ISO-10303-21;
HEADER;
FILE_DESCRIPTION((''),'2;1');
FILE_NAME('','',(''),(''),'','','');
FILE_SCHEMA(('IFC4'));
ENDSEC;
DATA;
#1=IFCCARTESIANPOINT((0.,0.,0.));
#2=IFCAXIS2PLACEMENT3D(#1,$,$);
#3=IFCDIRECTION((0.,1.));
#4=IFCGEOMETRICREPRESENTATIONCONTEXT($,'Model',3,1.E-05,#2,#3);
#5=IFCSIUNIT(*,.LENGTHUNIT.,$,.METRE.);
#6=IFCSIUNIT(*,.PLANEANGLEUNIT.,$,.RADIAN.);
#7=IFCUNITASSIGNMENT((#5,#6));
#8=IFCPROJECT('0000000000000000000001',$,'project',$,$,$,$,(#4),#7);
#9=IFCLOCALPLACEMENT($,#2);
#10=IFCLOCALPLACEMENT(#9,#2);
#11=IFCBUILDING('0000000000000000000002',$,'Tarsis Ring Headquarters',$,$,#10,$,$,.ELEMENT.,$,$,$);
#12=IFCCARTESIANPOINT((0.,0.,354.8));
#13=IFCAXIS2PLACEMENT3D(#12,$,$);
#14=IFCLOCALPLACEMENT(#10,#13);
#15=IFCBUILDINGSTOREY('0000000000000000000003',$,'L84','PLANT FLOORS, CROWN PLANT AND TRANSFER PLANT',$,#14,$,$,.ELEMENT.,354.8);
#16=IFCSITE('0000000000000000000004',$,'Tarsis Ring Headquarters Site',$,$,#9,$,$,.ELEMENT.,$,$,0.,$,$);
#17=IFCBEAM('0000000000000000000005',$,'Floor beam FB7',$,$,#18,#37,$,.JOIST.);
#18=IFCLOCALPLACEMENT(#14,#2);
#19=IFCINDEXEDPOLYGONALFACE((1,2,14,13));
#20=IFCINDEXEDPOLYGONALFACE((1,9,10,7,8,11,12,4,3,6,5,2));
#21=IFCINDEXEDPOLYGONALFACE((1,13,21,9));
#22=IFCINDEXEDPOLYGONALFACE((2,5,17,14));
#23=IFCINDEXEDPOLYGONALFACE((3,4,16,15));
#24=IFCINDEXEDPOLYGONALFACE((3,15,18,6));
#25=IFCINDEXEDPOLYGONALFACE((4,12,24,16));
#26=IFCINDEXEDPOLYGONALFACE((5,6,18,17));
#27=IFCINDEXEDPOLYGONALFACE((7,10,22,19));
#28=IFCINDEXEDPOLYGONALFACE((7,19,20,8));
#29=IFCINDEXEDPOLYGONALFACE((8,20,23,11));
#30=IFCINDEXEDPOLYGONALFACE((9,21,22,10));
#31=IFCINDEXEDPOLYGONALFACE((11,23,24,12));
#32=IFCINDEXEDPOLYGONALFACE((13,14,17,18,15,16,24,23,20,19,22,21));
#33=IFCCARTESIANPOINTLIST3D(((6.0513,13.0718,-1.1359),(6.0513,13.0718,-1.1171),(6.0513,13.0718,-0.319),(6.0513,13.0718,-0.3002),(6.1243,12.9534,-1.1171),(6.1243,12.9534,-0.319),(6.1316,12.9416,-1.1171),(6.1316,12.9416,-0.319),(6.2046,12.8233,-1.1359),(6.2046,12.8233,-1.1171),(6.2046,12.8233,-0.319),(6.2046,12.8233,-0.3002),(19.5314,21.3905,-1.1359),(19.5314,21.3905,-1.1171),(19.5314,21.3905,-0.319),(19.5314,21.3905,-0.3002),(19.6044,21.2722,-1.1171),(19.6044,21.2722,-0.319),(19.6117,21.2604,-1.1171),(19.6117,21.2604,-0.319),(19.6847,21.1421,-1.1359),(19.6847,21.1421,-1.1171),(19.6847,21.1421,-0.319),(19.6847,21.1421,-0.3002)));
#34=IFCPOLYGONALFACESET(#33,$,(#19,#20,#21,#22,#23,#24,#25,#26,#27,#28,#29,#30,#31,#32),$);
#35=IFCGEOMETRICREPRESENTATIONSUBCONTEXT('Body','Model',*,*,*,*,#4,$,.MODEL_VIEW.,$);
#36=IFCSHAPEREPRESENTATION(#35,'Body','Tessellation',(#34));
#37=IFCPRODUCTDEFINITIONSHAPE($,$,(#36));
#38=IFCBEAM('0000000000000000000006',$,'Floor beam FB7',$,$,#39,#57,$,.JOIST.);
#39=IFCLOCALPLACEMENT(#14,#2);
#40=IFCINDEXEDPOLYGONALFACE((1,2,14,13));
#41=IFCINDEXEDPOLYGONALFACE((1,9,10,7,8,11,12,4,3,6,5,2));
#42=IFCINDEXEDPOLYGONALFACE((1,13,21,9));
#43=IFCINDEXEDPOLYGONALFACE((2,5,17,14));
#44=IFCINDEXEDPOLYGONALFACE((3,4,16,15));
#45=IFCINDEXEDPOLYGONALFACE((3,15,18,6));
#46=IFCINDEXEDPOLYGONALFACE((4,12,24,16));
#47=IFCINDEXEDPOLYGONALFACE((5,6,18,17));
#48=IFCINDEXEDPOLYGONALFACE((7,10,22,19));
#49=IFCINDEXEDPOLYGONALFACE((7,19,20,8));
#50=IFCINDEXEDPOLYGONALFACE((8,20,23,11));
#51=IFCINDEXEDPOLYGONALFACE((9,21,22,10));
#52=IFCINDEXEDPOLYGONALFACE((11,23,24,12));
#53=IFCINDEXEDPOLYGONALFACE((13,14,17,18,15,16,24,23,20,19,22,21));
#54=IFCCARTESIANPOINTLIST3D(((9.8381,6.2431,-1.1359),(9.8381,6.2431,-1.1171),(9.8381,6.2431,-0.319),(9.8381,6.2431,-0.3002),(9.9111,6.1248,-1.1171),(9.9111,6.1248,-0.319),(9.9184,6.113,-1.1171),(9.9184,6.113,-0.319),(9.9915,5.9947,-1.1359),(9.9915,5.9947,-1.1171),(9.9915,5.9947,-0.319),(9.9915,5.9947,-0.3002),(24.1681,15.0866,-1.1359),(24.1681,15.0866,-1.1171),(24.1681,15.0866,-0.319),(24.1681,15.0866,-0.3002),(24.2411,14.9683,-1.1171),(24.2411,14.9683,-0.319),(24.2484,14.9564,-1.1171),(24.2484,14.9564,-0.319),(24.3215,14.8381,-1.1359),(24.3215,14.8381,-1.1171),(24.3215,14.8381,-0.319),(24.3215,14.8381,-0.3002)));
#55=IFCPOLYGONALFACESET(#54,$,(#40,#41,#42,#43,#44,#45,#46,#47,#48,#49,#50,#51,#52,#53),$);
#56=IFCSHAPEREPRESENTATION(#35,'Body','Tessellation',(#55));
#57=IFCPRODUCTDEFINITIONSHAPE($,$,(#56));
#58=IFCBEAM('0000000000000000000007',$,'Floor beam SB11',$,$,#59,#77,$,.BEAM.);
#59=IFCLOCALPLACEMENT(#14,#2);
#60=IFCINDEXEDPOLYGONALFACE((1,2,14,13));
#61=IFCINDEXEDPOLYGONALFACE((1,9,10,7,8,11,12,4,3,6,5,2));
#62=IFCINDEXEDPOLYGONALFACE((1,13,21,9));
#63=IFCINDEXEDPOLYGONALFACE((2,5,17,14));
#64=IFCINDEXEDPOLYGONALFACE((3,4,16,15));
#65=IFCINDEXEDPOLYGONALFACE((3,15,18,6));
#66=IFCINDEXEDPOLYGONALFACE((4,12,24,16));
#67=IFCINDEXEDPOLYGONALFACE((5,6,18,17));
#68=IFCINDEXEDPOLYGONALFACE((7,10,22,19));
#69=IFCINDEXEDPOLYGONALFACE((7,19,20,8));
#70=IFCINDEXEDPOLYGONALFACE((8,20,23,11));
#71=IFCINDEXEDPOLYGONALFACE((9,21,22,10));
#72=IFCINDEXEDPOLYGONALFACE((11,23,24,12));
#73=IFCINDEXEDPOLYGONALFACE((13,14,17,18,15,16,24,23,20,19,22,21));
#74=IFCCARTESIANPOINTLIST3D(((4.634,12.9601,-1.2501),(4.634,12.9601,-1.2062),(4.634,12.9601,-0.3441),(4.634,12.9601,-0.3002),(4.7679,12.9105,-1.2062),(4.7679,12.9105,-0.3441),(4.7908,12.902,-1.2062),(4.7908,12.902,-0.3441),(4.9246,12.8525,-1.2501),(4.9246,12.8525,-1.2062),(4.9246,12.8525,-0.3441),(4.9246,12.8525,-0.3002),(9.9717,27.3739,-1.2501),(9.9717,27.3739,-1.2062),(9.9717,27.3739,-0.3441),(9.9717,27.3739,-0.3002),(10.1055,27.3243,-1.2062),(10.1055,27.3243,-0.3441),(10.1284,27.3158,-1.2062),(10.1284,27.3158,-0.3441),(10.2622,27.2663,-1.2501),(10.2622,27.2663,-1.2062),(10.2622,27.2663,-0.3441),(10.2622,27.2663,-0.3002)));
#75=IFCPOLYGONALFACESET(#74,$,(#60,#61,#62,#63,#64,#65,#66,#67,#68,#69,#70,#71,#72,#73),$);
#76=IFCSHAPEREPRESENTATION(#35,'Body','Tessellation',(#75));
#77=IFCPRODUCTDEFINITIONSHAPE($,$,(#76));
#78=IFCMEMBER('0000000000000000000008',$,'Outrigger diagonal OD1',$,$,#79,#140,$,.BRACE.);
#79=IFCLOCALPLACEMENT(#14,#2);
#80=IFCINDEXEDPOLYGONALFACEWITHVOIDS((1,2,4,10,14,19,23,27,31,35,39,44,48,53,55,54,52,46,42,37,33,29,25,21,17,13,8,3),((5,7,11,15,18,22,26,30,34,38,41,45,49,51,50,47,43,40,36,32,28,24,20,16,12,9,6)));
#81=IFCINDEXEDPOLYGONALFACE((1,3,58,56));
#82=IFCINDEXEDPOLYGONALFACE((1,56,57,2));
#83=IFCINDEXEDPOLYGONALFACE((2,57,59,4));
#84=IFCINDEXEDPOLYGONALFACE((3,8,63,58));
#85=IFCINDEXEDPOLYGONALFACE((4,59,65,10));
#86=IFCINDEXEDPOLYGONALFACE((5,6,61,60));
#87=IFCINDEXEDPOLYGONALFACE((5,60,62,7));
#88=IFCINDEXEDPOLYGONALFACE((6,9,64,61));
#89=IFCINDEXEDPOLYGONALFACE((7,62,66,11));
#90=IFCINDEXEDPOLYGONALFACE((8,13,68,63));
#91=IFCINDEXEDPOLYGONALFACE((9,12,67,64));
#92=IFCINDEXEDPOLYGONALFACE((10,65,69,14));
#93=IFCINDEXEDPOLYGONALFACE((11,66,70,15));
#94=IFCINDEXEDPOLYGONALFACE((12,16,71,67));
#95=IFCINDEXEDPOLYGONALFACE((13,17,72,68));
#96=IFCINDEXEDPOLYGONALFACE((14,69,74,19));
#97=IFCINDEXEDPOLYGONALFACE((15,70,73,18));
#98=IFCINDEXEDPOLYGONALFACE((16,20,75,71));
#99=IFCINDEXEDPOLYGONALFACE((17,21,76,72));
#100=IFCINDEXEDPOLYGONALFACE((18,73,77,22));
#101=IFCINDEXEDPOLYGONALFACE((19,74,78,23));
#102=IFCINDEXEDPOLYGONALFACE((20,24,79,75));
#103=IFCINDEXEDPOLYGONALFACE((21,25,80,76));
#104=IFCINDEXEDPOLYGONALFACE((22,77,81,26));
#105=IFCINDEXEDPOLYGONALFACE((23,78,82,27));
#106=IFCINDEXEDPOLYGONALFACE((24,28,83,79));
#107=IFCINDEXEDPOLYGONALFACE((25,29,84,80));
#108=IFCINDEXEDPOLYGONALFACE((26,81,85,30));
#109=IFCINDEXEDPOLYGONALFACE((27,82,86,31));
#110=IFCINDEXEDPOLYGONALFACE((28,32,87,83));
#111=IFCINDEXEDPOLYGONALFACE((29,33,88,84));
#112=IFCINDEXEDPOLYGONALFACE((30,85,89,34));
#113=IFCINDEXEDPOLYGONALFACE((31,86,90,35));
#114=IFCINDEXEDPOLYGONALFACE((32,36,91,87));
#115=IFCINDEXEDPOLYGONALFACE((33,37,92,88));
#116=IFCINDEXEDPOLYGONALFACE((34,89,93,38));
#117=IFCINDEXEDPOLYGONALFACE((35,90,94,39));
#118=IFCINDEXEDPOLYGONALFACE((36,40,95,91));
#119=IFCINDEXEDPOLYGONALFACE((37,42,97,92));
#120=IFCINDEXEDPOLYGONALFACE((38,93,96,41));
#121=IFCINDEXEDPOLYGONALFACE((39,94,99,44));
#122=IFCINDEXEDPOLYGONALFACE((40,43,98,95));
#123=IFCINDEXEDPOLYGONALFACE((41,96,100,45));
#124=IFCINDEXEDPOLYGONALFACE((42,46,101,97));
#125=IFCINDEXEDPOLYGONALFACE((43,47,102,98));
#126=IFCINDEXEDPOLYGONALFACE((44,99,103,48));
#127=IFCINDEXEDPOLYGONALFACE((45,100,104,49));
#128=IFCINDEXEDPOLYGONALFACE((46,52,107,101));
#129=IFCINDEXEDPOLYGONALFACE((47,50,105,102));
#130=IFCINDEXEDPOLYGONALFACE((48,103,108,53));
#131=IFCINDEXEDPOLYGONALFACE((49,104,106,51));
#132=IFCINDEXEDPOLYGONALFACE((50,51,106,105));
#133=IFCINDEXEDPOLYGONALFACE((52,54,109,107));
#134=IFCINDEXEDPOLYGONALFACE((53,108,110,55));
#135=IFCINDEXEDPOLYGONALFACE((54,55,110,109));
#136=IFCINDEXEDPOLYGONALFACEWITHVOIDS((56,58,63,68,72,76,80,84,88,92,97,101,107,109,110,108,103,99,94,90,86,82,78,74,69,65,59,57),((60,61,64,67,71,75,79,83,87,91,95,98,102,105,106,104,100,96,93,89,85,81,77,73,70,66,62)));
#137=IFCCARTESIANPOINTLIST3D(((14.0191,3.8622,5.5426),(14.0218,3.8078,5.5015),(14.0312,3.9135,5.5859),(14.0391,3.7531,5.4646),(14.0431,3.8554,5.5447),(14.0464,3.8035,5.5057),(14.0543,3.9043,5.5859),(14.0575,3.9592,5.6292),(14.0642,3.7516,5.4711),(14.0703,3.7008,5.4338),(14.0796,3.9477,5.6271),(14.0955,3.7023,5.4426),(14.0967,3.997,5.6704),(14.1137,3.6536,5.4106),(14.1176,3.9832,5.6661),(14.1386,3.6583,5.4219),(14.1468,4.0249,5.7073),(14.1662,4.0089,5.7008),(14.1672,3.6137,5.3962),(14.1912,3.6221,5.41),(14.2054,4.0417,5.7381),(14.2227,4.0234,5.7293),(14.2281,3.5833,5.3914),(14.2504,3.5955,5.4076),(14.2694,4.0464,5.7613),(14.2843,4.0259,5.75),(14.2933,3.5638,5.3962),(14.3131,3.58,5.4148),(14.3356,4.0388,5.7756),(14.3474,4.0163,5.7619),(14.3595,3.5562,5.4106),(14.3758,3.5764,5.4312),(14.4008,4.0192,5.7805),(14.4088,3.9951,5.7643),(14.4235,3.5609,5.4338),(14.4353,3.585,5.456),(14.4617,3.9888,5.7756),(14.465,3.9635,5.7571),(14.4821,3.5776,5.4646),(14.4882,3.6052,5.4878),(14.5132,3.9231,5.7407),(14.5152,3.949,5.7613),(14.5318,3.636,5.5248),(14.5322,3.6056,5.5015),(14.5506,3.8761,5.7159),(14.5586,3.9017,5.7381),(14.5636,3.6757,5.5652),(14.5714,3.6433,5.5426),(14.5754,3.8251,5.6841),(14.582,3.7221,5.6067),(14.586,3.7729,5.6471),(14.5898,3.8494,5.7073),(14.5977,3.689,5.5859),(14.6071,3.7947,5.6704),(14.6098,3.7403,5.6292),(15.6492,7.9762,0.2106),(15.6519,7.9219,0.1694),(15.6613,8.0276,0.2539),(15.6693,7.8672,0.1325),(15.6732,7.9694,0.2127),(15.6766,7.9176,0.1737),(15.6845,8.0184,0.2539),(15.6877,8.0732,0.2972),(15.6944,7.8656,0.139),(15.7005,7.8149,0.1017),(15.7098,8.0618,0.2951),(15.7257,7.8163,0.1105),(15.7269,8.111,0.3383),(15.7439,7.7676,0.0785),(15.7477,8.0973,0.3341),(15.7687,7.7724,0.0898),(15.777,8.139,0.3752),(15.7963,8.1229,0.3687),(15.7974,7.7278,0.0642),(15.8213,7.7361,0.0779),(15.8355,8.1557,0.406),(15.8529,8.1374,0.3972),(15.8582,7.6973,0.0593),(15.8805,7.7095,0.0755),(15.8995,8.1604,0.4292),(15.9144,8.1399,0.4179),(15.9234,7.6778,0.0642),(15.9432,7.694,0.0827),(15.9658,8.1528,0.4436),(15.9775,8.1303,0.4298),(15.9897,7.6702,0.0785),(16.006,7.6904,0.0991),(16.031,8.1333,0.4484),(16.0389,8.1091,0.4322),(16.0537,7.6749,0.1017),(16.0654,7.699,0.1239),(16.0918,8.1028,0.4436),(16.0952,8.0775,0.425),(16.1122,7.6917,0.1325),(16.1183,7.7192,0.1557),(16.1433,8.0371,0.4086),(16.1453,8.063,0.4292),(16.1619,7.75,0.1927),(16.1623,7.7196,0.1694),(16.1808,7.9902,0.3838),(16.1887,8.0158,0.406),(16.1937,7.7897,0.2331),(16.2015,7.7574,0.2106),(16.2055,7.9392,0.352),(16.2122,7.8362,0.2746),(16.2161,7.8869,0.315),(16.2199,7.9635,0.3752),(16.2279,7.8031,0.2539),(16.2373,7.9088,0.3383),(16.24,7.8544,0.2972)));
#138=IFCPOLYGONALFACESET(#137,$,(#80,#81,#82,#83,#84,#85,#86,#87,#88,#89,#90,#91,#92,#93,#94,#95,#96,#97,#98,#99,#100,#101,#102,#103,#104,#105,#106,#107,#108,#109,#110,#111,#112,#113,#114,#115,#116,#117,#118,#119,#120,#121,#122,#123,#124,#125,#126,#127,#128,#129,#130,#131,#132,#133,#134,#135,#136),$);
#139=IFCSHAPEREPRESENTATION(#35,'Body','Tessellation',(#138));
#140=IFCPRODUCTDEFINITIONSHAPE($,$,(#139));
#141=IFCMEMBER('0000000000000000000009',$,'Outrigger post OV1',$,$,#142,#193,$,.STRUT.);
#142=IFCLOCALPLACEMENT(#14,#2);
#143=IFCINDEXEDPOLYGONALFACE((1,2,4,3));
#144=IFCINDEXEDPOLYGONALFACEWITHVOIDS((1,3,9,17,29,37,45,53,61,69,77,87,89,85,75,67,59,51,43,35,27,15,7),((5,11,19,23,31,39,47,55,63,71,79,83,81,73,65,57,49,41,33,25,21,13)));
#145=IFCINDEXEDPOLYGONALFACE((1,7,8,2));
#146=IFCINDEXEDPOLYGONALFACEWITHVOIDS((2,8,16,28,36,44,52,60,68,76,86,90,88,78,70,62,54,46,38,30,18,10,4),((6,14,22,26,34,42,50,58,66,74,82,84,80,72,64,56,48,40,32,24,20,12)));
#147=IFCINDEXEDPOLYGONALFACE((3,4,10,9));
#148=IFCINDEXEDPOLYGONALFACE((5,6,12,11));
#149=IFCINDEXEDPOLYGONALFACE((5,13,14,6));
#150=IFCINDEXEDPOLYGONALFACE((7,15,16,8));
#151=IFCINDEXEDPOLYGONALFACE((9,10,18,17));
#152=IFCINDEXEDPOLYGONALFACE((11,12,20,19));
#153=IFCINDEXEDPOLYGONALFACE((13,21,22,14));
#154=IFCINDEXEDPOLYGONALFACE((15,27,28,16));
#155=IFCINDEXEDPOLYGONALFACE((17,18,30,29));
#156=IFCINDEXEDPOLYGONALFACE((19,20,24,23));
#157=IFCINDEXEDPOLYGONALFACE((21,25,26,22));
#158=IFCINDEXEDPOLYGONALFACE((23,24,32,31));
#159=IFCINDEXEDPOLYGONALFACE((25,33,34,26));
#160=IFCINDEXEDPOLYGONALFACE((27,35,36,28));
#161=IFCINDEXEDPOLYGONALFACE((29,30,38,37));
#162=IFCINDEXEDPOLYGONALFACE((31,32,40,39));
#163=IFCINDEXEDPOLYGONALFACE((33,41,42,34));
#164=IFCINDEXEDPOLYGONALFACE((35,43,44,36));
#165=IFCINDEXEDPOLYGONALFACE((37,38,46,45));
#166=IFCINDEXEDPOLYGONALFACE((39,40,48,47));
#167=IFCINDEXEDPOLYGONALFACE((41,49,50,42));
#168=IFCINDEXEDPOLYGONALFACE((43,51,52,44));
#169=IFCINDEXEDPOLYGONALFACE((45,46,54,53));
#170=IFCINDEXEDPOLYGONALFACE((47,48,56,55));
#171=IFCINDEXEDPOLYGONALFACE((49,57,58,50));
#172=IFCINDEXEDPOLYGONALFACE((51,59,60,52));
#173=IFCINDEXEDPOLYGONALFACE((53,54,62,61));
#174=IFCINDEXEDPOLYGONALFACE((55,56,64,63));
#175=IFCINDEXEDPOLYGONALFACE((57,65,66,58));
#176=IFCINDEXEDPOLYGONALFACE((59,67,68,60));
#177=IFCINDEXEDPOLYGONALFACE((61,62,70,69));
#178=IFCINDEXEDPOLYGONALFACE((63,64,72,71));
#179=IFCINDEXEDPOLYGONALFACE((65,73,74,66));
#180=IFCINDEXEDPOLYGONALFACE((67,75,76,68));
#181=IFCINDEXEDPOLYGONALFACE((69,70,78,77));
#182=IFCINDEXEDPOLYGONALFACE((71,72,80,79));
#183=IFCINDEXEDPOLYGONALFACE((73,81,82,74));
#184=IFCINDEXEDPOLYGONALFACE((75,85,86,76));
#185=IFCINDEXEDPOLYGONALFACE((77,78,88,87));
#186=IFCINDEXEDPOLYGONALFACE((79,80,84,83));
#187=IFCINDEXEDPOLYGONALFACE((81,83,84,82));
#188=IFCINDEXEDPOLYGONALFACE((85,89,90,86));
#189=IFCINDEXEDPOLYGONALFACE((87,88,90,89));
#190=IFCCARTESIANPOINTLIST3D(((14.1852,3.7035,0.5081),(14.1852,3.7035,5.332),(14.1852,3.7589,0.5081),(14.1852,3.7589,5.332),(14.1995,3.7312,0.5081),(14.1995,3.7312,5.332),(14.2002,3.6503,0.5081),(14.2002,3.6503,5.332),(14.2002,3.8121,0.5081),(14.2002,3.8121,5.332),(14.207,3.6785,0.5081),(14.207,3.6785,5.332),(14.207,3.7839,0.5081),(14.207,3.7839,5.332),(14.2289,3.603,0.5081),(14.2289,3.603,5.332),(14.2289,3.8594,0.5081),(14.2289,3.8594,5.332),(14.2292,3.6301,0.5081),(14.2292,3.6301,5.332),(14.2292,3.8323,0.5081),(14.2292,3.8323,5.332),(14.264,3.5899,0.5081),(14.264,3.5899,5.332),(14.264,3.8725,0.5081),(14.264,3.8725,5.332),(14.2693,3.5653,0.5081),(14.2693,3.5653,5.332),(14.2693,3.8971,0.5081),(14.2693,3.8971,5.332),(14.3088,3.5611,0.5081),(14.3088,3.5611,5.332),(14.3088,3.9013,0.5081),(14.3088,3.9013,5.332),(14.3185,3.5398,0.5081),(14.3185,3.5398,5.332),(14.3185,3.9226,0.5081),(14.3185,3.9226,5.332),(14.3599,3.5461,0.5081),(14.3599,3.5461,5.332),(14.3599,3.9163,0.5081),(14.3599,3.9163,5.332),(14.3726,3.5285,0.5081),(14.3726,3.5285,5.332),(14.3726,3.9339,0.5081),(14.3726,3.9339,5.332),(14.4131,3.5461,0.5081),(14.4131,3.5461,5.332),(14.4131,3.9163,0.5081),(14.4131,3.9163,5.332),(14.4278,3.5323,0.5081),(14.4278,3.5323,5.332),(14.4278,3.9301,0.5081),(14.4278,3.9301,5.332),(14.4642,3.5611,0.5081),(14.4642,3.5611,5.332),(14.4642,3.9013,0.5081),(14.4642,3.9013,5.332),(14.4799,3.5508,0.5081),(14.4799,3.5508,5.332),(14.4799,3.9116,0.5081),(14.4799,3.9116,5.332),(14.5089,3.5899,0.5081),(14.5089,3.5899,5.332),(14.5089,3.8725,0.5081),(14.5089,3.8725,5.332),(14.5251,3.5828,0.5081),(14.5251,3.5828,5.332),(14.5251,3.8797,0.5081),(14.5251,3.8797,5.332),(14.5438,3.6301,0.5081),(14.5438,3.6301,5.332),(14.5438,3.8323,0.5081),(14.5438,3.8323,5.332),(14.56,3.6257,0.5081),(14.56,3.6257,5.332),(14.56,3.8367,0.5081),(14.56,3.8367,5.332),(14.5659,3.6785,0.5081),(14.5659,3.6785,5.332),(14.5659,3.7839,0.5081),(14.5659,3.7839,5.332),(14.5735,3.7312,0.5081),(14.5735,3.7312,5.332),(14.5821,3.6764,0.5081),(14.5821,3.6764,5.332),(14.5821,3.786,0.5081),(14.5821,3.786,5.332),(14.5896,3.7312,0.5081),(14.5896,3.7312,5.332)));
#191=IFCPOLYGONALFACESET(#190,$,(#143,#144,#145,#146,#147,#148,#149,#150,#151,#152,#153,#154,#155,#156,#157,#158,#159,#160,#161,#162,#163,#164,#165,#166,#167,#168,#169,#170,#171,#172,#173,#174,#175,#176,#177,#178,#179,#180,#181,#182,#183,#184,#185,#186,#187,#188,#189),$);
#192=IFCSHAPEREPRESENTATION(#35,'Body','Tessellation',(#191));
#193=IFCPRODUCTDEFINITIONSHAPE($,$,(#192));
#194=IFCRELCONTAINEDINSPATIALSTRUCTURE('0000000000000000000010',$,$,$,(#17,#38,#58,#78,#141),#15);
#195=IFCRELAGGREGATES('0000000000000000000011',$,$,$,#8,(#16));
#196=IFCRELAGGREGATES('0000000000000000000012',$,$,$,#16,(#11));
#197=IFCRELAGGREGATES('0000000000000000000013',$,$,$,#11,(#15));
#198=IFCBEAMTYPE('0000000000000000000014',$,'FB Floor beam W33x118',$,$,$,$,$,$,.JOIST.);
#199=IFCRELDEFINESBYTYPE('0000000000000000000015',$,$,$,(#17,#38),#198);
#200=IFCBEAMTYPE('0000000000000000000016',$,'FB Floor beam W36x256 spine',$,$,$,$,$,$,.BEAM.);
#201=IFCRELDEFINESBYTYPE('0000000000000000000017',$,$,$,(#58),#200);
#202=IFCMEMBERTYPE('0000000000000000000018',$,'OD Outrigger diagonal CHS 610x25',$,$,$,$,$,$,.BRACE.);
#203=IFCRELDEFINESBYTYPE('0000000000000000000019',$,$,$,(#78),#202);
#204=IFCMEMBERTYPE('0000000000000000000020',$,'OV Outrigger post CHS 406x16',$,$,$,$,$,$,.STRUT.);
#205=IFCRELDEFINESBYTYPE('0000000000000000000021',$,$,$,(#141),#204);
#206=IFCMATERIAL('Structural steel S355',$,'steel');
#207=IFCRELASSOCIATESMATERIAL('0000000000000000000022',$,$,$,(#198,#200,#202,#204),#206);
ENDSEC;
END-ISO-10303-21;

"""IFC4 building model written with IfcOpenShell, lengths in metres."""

from ifc_helpers import new_model, si_unit, direction, frame, origin, origin_2d, place, context, subcontext, project, spatial, hollow_circle, i_section, extrude, material, material_profile, profile_set, type_object, element, save


model = new_model("IFC4")

# Units and contexts
model_context = context("Model", 3, precision=1e-05, world=origin(), true_north=direction((0.0, 1.0)))
body_context = subcontext(model_context, "Body", "Model", "MODEL_VIEW")
ifc_project = project(units=[si_unit("LENGTHUNIT", "METRE"), si_unit("PLANEANGLEUNIT", "RADIAN")], contexts=[model_context])

# Site, building, storey
site_placement = place(None, origin())
site = spatial("IfcSite", under=ifc_project, at=site_placement, Name="Tarsis Ring Headquarters Site", CompositionType="ELEMENT", RefElevation=0.0)
building_placement = place(site_placement, origin())
building = spatial("IfcBuilding", under=site, at=building_placement, Name="Tarsis Ring Headquarters", CompositionType="ELEMENT")
storey_placement = place(building_placement, frame((0.0, 0.0, 354.8)))
storey = spatial("IfcBuildingStorey", under=building, at=storey_placement, Name="L84", Description="PLANT FLOORS, CROWN PLANT AND TRANSFER PLANT", CompositionType="ELEMENT", Elevation=354.8)

# Shared definitions
ifc_material_1 = material(Name="Structural steel S355", Category="steel")

# Beams
ifc_material_profile_1 = material_profile(ifc_material_1, i_section(OverallWidth=0.292, OverallDepth=0.8357, WebThickness=0.0139, FlangeThickness=0.0188, at=origin_2d()), Name="W33x118")
ifc_profile_set_1 = profile_set([ifc_material_profile_1], Name="Structural steel S355")
beam_type_1 = type_object("IfcBeamType", Name="FB Floor beam W33x118", PredefinedType="JOIST", material=ifc_profile_set_1)
beam_1_placement = place(storey_placement, frame((6.1279, 12.9475, -0.718), z_axis=(0.851, 0.525165, 0.0), x_axis=(-0.525165, 0.851, 0.0)))
element("IfcBeam", 1, at=beam_1_placement, inside=storey, type_object=beam_type_1, Name="Floor beam FB7", PredefinedType="JOIST", context=body_context, shape_type="SweptSolid", body=[
    extrude(i_section(OverallWidth=0.292, OverallDepth=0.8357, WebThickness=0.0139, FlangeThickness=0.0188, at=origin_2d()), origin(), (0.0, 0.0, 1.0), 15.8403),
])
beam_2_placement = place(storey_placement, frame((9.9148, 6.1189, -0.718), z_axis=(0.850995, 0.525174, 0.0), x_axis=(-0.525174, 0.850995, 0.0)))
element("IfcBeam", 2, at=beam_2_placement, inside=storey, type_object=beam_type_1, Name="Floor beam FB7", PredefinedType="JOIST", context=body_context, shape_type="SweptSolid", body=[
    extrude(i_section(OverallWidth=0.292, OverallDepth=0.8357, WebThickness=0.0139, FlangeThickness=0.0188, at=origin_2d()), origin(), (0.0, 0.0, 1.0), 16.8391),
])
ifc_material_profile_2 = material_profile(ifc_material_1, i_section(OverallWidth=0.3098, OverallDepth=0.95, WebThickness=0.0244, FlangeThickness=0.0439, at=origin_2d()), Name="W36x256")
ifc_profile_set_2 = profile_set([ifc_material_profile_2], Name="Structural steel S355")
beam_type_2 = type_object("IfcBeamType", Name="FB Floor beam W36x256 spine", PredefinedType="BEAM", material=ifc_profile_set_2)
beam_3_placement = place(storey_placement, frame((10.1169, 27.3201, -0.7751), z_axis=(-0.347268, -0.937766, 0.0), x_axis=(0.937766, -0.347268, 0.0)))
element("IfcBeam", 3, at=beam_3_placement, inside=storey, type_object=beam_type_2, Name="Floor beam SB11", PredefinedType="BEAM", context=body_context, shape_type="SweptSolid", body=[
    extrude(i_section(OverallWidth=0.3098, OverallDepth=0.95, WebThickness=0.0244, FlangeThickness=0.0439, at=origin_2d()), origin(), (0.0, 0.0, 1.0), 15.3704),
])

# Members
ifc_material_profile_3 = material_profile(ifc_material_1, hollow_circle(Radius=0.3047, WallThickness=0.0249, at=origin_2d()), Name="CHS 610x25")
ifc_profile_set_3 = profile_set([ifc_material_profile_3], Name="Structural steel S355")
member_type_1 = type_object("IfcMemberType", Name="OD Outrigger diagonal CHS 610x25", PredefinedType="BRACE", material=ifc_profile_set_3)
member_1_placement = place(storey_placement, frame((14.3145, 3.8013, 5.5859), z_axis=(0.235257, 0.593726, -0.769508), x_axis=(-0.929678, 0.368373, 0.0)))
element("IfcMember", 4, at=member_1_placement, inside=storey, type_object=member_type_1, Name="Outrigger diagonal OD1", PredefinedType="BRACE", context=body_context, shape_type="SweptSolid", body=[
    extrude(hollow_circle(Radius=0.3047, WallThickness=0.0249, at=origin_2d()), origin(), (0.0, 0.0, 1.0), 6.9292),
])
ifc_material_profile_4 = material_profile(ifc_material_1, hollow_circle(Radius=0.2031, WallThickness=0.0161, at=origin_2d()), Name="CHS 406x16")
ifc_profile_set_4 = profile_set([ifc_material_profile_4], Name="Structural steel S355")
member_type_2 = type_object("IfcMemberType", Name="OV Outrigger post CHS 406x16", PredefinedType="STRUT", material=ifc_profile_set_4)
member_2_placement = place(storey_placement, frame((14.3865, 3.7312, 0.5081), z_axis=(0.0, 0.0, 1.0), x_axis=(1.0, 0.0, 0.0)))
element("IfcMember", 5, at=member_2_placement, inside=storey, type_object=member_type_2, Name="Outrigger post OV1", PredefinedType="STRUT", context=body_context, shape_type="SweptSolid", body=[
    extrude(hollow_circle(Radius=0.2031, WallThickness=0.0161, at=origin_2d()), origin(), (0.0, 0.0, 1.0), 4.824),
])

save(model, "model.ifc")
